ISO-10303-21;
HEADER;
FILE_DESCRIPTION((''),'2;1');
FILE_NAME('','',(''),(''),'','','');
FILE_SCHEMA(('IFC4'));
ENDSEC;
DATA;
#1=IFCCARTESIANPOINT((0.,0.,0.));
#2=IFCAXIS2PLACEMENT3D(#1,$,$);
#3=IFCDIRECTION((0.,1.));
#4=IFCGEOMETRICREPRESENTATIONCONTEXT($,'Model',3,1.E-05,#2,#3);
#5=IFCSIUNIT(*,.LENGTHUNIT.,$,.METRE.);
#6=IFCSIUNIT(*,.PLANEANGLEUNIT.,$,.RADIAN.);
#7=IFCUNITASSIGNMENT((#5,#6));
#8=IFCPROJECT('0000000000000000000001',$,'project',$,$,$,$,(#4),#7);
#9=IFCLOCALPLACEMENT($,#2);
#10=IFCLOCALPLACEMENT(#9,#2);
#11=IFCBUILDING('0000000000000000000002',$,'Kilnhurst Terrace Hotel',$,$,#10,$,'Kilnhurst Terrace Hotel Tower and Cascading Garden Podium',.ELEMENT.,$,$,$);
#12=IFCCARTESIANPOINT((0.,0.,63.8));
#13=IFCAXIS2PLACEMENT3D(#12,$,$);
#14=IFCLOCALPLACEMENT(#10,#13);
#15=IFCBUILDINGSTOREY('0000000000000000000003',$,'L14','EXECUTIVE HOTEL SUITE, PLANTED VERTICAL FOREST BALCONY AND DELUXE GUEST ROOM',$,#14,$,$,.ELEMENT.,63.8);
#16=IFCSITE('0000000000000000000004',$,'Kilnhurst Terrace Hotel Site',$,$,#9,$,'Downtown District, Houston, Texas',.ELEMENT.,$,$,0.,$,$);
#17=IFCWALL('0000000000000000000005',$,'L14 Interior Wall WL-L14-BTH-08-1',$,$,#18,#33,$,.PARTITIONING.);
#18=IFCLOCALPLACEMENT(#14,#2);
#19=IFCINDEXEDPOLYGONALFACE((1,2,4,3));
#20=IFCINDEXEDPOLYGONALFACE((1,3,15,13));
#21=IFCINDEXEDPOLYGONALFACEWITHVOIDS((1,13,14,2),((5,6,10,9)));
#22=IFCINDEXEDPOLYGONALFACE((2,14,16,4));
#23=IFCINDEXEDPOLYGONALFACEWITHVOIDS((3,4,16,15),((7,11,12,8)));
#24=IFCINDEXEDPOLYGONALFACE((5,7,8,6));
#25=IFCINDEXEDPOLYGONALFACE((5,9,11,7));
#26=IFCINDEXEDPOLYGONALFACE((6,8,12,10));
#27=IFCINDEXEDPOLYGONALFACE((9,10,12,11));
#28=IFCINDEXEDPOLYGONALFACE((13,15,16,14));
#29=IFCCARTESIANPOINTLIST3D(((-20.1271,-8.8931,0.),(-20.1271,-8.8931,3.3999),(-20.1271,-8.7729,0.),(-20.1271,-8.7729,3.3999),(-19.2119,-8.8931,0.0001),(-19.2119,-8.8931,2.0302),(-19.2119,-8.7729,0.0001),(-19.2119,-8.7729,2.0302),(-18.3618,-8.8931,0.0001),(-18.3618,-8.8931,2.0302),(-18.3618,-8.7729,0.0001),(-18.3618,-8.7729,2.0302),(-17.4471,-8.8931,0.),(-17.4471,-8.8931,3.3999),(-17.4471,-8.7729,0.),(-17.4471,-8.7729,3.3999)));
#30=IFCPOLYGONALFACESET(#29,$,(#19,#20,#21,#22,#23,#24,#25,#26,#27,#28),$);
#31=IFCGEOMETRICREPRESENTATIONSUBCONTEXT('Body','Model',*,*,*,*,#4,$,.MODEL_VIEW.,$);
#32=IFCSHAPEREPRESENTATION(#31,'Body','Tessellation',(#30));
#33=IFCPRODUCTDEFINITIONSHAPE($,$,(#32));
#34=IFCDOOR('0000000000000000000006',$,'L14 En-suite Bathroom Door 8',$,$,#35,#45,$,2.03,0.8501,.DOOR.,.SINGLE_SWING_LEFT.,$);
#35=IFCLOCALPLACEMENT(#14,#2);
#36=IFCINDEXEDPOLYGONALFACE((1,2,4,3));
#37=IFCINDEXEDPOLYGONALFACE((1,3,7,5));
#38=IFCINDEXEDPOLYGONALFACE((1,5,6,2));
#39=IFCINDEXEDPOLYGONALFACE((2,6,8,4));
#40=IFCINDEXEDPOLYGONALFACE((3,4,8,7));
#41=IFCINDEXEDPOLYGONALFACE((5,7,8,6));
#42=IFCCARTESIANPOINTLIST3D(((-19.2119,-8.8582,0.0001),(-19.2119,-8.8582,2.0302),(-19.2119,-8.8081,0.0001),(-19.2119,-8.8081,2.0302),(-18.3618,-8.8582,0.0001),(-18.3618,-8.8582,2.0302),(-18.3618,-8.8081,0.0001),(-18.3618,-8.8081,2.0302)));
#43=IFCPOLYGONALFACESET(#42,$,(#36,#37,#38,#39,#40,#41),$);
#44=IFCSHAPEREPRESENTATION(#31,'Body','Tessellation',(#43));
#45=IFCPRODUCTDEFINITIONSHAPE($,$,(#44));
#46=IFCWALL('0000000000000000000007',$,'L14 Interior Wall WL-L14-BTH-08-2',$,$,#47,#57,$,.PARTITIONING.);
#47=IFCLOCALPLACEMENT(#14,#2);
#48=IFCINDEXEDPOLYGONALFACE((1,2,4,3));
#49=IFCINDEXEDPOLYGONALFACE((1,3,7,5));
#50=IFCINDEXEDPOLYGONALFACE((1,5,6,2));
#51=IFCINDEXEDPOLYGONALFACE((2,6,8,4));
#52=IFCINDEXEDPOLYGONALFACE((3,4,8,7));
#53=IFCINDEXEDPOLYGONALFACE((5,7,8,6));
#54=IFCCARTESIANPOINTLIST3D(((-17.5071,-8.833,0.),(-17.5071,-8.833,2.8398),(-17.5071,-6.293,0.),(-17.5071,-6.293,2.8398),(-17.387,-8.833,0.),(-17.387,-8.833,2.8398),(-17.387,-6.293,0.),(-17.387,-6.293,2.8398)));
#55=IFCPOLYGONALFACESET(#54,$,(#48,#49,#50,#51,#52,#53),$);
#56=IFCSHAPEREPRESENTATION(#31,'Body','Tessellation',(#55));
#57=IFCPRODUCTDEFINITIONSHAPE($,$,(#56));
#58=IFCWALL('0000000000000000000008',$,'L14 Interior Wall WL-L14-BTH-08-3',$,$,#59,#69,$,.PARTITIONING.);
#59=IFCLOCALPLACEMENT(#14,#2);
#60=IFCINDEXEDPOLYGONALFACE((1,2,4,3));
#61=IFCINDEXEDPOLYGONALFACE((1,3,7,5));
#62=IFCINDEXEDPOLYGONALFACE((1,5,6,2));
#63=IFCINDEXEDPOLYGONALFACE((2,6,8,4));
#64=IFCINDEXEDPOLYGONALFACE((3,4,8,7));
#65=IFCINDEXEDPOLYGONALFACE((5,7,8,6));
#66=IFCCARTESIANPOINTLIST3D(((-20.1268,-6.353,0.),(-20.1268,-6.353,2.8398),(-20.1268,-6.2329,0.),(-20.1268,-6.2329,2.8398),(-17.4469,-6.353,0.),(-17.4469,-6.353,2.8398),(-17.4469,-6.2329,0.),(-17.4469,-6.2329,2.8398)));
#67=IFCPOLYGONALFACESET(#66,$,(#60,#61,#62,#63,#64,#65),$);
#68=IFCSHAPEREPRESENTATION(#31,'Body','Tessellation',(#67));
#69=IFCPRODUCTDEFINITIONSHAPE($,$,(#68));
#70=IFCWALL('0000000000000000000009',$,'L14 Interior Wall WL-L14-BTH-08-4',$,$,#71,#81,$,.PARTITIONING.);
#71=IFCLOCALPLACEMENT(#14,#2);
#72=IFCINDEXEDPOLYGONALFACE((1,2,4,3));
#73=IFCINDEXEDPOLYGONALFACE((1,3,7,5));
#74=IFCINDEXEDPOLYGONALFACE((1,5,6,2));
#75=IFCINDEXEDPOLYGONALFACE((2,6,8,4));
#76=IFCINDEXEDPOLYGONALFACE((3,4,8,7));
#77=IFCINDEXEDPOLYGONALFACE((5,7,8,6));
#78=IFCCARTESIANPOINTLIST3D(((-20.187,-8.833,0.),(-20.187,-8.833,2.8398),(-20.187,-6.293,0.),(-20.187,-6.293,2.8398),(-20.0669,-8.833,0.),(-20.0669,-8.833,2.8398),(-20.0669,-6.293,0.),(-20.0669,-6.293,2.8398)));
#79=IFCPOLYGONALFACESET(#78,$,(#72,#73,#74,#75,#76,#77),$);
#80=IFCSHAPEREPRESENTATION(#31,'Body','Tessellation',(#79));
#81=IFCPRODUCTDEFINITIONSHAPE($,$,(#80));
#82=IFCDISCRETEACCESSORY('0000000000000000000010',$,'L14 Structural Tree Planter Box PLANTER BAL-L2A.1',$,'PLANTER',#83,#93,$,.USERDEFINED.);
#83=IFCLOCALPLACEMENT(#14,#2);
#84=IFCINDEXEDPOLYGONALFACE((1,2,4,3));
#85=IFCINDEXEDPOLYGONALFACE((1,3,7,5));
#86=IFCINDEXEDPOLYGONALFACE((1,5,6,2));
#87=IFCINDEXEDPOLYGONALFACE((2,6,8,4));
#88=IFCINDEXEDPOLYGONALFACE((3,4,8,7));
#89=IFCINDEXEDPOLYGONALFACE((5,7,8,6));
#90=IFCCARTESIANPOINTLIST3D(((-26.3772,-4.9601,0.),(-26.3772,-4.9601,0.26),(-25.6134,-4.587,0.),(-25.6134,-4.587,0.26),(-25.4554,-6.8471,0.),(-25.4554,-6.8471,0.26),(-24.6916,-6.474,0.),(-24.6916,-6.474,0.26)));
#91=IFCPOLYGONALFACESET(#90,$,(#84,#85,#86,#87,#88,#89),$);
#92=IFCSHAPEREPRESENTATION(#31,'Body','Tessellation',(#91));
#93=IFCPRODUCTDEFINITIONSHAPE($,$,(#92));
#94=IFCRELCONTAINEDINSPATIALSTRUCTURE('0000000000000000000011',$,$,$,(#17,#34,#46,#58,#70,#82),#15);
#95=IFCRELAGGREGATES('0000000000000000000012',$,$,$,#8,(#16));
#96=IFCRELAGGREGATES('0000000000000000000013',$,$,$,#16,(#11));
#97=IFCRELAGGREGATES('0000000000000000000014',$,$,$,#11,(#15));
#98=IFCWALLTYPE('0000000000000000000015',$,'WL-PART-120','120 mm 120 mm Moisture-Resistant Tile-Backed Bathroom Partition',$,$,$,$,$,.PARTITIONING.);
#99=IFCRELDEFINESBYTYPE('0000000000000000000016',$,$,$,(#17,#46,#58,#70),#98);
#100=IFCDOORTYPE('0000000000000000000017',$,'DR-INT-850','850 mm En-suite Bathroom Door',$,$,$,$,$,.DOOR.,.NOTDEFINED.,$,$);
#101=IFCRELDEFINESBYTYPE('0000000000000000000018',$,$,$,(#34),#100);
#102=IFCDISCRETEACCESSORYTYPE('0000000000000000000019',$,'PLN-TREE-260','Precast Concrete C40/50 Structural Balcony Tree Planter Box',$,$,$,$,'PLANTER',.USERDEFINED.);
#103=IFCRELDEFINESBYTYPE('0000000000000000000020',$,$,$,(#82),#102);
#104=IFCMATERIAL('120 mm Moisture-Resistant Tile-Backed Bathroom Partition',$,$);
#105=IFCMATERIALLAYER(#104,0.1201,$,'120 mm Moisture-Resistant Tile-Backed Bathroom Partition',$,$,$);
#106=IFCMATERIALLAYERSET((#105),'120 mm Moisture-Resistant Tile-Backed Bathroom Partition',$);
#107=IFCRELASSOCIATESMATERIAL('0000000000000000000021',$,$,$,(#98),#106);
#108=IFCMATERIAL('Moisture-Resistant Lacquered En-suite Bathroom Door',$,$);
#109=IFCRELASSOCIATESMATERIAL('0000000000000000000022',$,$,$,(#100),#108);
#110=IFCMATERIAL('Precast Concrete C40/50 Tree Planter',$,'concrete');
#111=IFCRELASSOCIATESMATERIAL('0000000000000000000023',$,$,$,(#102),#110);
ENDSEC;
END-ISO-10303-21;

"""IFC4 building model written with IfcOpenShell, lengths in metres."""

from ifc_helpers import new_model, si_unit, direction, frame, frame_2d, origin, origin_2d, place, context, subcontext, project, spatial, rectangle, extrude, material, layer, layer_set, type_object, element, fill, save


model = new_model("IFC4")

# Units and contexts
model_context = context("Model", 3, precision=1e-05, world=origin(), true_north=direction((0.0, 1.0)))
body_context = subcontext(model_context, "Body", "Model", "MODEL_VIEW")
ifc_project = project(units=[si_unit("LENGTHUNIT", "METRE"), si_unit("PLANEANGLEUNIT", "RADIAN")], contexts=[model_context])

# Site, building, storey
site_placement = place(None, origin())
site = spatial("IfcSite", under=ifc_project, at=site_placement, Name="Kilnhurst Terrace Hotel Site", LongName="Downtown District, Houston, Texas", CompositionType="ELEMENT", RefElevation=0.0)
building_placement = place(site_placement, origin())
building = spatial("IfcBuilding", under=site, at=building_placement, Name="Kilnhurst Terrace Hotel", LongName="Kilnhurst Terrace Hotel Tower and Cascading Garden Podium", CompositionType="ELEMENT")
storey_placement = place(building_placement, frame((0.0, 0.0, 63.8)))
storey = spatial("IfcBuildingStorey", under=building, at=storey_placement, Name="L14", Description="EXECUTIVE HOTEL SUITE, PLANTED VERTICAL FOREST BALCONY AND DELUXE GUEST ROOM", CompositionType="ELEMENT", Elevation=63.8)

# Shared definitions
ifc_material_1 = material(Name="120 mm Moisture-Resistant Tile-Backed Bathroom Partition")
ifc_layer_1 = layer(ifc_material_1, 0.1201, Name="120 mm Moisture-Resistant Tile-Backed Bathroom Partition")
ifc_layer_set_1 = layer_set([ifc_layer_1], Name="120 mm Moisture-Resistant Tile-Backed Bathroom Partition")
wall_type_1 = type_object("IfcWallType", Name="WL-PART-120", Description="120 mm 120 mm Moisture-Resistant Tile-Backed Bathroom Partition", PredefinedType="PARTITIONING", material=ifc_layer_set_1)
ifc_material_2 = material(Name="Moisture-Resistant Lacquered En-suite Bathroom Door")
door_type_1 = type_object("IfcDoorType", Name="DR-INT-850", Description="850 mm En-suite Bathroom Door", OperationType="NOTDEFINED", PredefinedType="DOOR", material=ifc_material_2)

# Wall, opening, door
wall_1_placement = place(storey_placement, frame((-20.127, -8.833, 0.0), z_axis=(0.0, 0.0, 1.0), x_axis=(1.0, 0.0, 0.0)))
wall_1 = element("IfcWall", 1, at=wall_1_placement, inside=storey, type_object=wall_type_1, Name="L14 Interior Wall WL-L14-BTH-08-1", PredefinedType="PARTITIONING", context=body_context, shape_type="SweptSolid", body=[
    extrude(rectangle(XDim=2.6799, YDim=0.1201, at=frame_2d((1.3398, 0.0))), origin(), (0.0, 0.0, 1.0), 3.3999),
])
opening_1_placement = place(wall_1_placement, frame((0.915, 0.0, 0.0)))
opening_1 = element("IfcOpeningElement", 2, at=opening_1_placement, cuts=wall_1, PredefinedType="OPENING", context=body_context, shape_type="SweptSolid", body=[
    extrude(rectangle(XDim=0.8501, YDim=2.03, at=frame_2d((0.425, 1.0151))), frame((0.0, 0.0701, 0.0), z_axis=(0.0, -1.0, 0.0), x_axis=(1.0, 0.0, 0.0)), (0.0, 0.0, 1.0), 0.1401),
])
door_1_placement = place(opening_1_placement, origin())
door_1 = element("IfcDoor", 3, at=door_1_placement, inside=storey, type_object=door_type_1, Name="L14 En-suite Bathroom Door 8", OperationType="SINGLE_SWING_LEFT", OverallHeight=2.03, OverallWidth=0.8501, PredefinedType="DOOR", context=body_context, shape_type="SweptSolid", body=[
    extrude(rectangle(XDim=0.8501, YDim=2.03, at=frame_2d((0.425, 1.0151))), frame((0.0, 0.0249, 0.0), z_axis=(0.0, -1.0, 0.0), x_axis=(1.0, 0.0, 0.0)), (0.0, 0.0, 1.0), 0.05),
])
fill(opening_1, door_1)

# Walls
wall_2_placement = place(storey_placement, frame((-17.447, -8.833, 0.0), z_axis=(0.0, 0.0, 1.0), x_axis=(0.0, 1.0, 0.0)))
element("IfcWall", 4, at=wall_2_placement, inside=storey, type_object=wall_type_1, Name="L14 Interior Wall WL-L14-BTH-08-2", PredefinedType="PARTITIONING", context=body_context, shape_type="SweptSolid", body=[
    extrude(rectangle(XDim=2.54, YDim=0.1201, at=frame_2d((1.27, 0.0))), origin(), (0.0, 0.0, 1.0), 2.8398),
])
wall_3_placement = place(storey_placement, frame((-17.447, -6.293, 0.0), z_axis=(0.0, 0.0, 1.0), x_axis=(-1.0, 0.0, 0.0)))
element("IfcWall", 5, at=wall_3_placement, inside=storey, type_object=wall_type_1, Name="L14 Interior Wall WL-L14-BTH-08-3", PredefinedType="PARTITIONING", context=body_context, shape_type="SweptSolid", body=[
    extrude(rectangle(XDim=2.6799, YDim=0.1201, at=frame_2d((1.3398, 0.0))), origin(), (0.0, 0.0, 1.0), 2.8398),
])
wall_4_placement = place(storey_placement, frame((-20.127, -6.293, 0.0), z_axis=(0.0, 0.0, 1.0), x_axis=(0.0, -1.0, 0.0)))
element("IfcWall", 6, at=wall_4_placement, inside=storey, type_object=wall_type_1, Name="L14 Interior Wall WL-L14-BTH-08-4", PredefinedType="PARTITIONING", context=body_context, shape_type="SweptSolid", body=[
    extrude(rectangle(XDim=2.54, YDim=0.1201, at=frame_2d((1.27, 0.0))), origin(), (0.0, 0.0, 1.0), 2.8398),
])

# Discrete accessory
ifc_material_3 = material(Name="Precast Concrete C40/50 Tree Planter", Category="concrete")
discrete_accessory_type = type_object("IfcDiscreteAccessoryType", Name="PLN-TREE-260", Description="Precast Concrete C40/50 Structural Balcony Tree Planter Box", ElementType="PLANTER", PredefinedType="USERDEFINED", material=ifc_material_3)
discrete_accessory_placement = place(storey_placement, frame((-25.5344, -5.717, 0.0), z_axis=(0.0, 0.0, 1.0), x_axis=(0.438936, -0.898518, 0.0)))
element("IfcDiscreteAccessory", 7, at=discrete_accessory_placement, inside=storey, type_object=discrete_accessory_type, Name="L14 Structural Tree Planter Box PLANTER BAL-L2A.1", ObjectType="PLANTER", PredefinedType="USERDEFINED", context=body_context, shape_type="SweptSolid", body=[
    extrude(rectangle(XDim=2.1001, YDim=0.8501, at=origin_2d()), origin(), (0.0, 0.0, 1.0), 0.26),
])

save(model, "model.ifc")
